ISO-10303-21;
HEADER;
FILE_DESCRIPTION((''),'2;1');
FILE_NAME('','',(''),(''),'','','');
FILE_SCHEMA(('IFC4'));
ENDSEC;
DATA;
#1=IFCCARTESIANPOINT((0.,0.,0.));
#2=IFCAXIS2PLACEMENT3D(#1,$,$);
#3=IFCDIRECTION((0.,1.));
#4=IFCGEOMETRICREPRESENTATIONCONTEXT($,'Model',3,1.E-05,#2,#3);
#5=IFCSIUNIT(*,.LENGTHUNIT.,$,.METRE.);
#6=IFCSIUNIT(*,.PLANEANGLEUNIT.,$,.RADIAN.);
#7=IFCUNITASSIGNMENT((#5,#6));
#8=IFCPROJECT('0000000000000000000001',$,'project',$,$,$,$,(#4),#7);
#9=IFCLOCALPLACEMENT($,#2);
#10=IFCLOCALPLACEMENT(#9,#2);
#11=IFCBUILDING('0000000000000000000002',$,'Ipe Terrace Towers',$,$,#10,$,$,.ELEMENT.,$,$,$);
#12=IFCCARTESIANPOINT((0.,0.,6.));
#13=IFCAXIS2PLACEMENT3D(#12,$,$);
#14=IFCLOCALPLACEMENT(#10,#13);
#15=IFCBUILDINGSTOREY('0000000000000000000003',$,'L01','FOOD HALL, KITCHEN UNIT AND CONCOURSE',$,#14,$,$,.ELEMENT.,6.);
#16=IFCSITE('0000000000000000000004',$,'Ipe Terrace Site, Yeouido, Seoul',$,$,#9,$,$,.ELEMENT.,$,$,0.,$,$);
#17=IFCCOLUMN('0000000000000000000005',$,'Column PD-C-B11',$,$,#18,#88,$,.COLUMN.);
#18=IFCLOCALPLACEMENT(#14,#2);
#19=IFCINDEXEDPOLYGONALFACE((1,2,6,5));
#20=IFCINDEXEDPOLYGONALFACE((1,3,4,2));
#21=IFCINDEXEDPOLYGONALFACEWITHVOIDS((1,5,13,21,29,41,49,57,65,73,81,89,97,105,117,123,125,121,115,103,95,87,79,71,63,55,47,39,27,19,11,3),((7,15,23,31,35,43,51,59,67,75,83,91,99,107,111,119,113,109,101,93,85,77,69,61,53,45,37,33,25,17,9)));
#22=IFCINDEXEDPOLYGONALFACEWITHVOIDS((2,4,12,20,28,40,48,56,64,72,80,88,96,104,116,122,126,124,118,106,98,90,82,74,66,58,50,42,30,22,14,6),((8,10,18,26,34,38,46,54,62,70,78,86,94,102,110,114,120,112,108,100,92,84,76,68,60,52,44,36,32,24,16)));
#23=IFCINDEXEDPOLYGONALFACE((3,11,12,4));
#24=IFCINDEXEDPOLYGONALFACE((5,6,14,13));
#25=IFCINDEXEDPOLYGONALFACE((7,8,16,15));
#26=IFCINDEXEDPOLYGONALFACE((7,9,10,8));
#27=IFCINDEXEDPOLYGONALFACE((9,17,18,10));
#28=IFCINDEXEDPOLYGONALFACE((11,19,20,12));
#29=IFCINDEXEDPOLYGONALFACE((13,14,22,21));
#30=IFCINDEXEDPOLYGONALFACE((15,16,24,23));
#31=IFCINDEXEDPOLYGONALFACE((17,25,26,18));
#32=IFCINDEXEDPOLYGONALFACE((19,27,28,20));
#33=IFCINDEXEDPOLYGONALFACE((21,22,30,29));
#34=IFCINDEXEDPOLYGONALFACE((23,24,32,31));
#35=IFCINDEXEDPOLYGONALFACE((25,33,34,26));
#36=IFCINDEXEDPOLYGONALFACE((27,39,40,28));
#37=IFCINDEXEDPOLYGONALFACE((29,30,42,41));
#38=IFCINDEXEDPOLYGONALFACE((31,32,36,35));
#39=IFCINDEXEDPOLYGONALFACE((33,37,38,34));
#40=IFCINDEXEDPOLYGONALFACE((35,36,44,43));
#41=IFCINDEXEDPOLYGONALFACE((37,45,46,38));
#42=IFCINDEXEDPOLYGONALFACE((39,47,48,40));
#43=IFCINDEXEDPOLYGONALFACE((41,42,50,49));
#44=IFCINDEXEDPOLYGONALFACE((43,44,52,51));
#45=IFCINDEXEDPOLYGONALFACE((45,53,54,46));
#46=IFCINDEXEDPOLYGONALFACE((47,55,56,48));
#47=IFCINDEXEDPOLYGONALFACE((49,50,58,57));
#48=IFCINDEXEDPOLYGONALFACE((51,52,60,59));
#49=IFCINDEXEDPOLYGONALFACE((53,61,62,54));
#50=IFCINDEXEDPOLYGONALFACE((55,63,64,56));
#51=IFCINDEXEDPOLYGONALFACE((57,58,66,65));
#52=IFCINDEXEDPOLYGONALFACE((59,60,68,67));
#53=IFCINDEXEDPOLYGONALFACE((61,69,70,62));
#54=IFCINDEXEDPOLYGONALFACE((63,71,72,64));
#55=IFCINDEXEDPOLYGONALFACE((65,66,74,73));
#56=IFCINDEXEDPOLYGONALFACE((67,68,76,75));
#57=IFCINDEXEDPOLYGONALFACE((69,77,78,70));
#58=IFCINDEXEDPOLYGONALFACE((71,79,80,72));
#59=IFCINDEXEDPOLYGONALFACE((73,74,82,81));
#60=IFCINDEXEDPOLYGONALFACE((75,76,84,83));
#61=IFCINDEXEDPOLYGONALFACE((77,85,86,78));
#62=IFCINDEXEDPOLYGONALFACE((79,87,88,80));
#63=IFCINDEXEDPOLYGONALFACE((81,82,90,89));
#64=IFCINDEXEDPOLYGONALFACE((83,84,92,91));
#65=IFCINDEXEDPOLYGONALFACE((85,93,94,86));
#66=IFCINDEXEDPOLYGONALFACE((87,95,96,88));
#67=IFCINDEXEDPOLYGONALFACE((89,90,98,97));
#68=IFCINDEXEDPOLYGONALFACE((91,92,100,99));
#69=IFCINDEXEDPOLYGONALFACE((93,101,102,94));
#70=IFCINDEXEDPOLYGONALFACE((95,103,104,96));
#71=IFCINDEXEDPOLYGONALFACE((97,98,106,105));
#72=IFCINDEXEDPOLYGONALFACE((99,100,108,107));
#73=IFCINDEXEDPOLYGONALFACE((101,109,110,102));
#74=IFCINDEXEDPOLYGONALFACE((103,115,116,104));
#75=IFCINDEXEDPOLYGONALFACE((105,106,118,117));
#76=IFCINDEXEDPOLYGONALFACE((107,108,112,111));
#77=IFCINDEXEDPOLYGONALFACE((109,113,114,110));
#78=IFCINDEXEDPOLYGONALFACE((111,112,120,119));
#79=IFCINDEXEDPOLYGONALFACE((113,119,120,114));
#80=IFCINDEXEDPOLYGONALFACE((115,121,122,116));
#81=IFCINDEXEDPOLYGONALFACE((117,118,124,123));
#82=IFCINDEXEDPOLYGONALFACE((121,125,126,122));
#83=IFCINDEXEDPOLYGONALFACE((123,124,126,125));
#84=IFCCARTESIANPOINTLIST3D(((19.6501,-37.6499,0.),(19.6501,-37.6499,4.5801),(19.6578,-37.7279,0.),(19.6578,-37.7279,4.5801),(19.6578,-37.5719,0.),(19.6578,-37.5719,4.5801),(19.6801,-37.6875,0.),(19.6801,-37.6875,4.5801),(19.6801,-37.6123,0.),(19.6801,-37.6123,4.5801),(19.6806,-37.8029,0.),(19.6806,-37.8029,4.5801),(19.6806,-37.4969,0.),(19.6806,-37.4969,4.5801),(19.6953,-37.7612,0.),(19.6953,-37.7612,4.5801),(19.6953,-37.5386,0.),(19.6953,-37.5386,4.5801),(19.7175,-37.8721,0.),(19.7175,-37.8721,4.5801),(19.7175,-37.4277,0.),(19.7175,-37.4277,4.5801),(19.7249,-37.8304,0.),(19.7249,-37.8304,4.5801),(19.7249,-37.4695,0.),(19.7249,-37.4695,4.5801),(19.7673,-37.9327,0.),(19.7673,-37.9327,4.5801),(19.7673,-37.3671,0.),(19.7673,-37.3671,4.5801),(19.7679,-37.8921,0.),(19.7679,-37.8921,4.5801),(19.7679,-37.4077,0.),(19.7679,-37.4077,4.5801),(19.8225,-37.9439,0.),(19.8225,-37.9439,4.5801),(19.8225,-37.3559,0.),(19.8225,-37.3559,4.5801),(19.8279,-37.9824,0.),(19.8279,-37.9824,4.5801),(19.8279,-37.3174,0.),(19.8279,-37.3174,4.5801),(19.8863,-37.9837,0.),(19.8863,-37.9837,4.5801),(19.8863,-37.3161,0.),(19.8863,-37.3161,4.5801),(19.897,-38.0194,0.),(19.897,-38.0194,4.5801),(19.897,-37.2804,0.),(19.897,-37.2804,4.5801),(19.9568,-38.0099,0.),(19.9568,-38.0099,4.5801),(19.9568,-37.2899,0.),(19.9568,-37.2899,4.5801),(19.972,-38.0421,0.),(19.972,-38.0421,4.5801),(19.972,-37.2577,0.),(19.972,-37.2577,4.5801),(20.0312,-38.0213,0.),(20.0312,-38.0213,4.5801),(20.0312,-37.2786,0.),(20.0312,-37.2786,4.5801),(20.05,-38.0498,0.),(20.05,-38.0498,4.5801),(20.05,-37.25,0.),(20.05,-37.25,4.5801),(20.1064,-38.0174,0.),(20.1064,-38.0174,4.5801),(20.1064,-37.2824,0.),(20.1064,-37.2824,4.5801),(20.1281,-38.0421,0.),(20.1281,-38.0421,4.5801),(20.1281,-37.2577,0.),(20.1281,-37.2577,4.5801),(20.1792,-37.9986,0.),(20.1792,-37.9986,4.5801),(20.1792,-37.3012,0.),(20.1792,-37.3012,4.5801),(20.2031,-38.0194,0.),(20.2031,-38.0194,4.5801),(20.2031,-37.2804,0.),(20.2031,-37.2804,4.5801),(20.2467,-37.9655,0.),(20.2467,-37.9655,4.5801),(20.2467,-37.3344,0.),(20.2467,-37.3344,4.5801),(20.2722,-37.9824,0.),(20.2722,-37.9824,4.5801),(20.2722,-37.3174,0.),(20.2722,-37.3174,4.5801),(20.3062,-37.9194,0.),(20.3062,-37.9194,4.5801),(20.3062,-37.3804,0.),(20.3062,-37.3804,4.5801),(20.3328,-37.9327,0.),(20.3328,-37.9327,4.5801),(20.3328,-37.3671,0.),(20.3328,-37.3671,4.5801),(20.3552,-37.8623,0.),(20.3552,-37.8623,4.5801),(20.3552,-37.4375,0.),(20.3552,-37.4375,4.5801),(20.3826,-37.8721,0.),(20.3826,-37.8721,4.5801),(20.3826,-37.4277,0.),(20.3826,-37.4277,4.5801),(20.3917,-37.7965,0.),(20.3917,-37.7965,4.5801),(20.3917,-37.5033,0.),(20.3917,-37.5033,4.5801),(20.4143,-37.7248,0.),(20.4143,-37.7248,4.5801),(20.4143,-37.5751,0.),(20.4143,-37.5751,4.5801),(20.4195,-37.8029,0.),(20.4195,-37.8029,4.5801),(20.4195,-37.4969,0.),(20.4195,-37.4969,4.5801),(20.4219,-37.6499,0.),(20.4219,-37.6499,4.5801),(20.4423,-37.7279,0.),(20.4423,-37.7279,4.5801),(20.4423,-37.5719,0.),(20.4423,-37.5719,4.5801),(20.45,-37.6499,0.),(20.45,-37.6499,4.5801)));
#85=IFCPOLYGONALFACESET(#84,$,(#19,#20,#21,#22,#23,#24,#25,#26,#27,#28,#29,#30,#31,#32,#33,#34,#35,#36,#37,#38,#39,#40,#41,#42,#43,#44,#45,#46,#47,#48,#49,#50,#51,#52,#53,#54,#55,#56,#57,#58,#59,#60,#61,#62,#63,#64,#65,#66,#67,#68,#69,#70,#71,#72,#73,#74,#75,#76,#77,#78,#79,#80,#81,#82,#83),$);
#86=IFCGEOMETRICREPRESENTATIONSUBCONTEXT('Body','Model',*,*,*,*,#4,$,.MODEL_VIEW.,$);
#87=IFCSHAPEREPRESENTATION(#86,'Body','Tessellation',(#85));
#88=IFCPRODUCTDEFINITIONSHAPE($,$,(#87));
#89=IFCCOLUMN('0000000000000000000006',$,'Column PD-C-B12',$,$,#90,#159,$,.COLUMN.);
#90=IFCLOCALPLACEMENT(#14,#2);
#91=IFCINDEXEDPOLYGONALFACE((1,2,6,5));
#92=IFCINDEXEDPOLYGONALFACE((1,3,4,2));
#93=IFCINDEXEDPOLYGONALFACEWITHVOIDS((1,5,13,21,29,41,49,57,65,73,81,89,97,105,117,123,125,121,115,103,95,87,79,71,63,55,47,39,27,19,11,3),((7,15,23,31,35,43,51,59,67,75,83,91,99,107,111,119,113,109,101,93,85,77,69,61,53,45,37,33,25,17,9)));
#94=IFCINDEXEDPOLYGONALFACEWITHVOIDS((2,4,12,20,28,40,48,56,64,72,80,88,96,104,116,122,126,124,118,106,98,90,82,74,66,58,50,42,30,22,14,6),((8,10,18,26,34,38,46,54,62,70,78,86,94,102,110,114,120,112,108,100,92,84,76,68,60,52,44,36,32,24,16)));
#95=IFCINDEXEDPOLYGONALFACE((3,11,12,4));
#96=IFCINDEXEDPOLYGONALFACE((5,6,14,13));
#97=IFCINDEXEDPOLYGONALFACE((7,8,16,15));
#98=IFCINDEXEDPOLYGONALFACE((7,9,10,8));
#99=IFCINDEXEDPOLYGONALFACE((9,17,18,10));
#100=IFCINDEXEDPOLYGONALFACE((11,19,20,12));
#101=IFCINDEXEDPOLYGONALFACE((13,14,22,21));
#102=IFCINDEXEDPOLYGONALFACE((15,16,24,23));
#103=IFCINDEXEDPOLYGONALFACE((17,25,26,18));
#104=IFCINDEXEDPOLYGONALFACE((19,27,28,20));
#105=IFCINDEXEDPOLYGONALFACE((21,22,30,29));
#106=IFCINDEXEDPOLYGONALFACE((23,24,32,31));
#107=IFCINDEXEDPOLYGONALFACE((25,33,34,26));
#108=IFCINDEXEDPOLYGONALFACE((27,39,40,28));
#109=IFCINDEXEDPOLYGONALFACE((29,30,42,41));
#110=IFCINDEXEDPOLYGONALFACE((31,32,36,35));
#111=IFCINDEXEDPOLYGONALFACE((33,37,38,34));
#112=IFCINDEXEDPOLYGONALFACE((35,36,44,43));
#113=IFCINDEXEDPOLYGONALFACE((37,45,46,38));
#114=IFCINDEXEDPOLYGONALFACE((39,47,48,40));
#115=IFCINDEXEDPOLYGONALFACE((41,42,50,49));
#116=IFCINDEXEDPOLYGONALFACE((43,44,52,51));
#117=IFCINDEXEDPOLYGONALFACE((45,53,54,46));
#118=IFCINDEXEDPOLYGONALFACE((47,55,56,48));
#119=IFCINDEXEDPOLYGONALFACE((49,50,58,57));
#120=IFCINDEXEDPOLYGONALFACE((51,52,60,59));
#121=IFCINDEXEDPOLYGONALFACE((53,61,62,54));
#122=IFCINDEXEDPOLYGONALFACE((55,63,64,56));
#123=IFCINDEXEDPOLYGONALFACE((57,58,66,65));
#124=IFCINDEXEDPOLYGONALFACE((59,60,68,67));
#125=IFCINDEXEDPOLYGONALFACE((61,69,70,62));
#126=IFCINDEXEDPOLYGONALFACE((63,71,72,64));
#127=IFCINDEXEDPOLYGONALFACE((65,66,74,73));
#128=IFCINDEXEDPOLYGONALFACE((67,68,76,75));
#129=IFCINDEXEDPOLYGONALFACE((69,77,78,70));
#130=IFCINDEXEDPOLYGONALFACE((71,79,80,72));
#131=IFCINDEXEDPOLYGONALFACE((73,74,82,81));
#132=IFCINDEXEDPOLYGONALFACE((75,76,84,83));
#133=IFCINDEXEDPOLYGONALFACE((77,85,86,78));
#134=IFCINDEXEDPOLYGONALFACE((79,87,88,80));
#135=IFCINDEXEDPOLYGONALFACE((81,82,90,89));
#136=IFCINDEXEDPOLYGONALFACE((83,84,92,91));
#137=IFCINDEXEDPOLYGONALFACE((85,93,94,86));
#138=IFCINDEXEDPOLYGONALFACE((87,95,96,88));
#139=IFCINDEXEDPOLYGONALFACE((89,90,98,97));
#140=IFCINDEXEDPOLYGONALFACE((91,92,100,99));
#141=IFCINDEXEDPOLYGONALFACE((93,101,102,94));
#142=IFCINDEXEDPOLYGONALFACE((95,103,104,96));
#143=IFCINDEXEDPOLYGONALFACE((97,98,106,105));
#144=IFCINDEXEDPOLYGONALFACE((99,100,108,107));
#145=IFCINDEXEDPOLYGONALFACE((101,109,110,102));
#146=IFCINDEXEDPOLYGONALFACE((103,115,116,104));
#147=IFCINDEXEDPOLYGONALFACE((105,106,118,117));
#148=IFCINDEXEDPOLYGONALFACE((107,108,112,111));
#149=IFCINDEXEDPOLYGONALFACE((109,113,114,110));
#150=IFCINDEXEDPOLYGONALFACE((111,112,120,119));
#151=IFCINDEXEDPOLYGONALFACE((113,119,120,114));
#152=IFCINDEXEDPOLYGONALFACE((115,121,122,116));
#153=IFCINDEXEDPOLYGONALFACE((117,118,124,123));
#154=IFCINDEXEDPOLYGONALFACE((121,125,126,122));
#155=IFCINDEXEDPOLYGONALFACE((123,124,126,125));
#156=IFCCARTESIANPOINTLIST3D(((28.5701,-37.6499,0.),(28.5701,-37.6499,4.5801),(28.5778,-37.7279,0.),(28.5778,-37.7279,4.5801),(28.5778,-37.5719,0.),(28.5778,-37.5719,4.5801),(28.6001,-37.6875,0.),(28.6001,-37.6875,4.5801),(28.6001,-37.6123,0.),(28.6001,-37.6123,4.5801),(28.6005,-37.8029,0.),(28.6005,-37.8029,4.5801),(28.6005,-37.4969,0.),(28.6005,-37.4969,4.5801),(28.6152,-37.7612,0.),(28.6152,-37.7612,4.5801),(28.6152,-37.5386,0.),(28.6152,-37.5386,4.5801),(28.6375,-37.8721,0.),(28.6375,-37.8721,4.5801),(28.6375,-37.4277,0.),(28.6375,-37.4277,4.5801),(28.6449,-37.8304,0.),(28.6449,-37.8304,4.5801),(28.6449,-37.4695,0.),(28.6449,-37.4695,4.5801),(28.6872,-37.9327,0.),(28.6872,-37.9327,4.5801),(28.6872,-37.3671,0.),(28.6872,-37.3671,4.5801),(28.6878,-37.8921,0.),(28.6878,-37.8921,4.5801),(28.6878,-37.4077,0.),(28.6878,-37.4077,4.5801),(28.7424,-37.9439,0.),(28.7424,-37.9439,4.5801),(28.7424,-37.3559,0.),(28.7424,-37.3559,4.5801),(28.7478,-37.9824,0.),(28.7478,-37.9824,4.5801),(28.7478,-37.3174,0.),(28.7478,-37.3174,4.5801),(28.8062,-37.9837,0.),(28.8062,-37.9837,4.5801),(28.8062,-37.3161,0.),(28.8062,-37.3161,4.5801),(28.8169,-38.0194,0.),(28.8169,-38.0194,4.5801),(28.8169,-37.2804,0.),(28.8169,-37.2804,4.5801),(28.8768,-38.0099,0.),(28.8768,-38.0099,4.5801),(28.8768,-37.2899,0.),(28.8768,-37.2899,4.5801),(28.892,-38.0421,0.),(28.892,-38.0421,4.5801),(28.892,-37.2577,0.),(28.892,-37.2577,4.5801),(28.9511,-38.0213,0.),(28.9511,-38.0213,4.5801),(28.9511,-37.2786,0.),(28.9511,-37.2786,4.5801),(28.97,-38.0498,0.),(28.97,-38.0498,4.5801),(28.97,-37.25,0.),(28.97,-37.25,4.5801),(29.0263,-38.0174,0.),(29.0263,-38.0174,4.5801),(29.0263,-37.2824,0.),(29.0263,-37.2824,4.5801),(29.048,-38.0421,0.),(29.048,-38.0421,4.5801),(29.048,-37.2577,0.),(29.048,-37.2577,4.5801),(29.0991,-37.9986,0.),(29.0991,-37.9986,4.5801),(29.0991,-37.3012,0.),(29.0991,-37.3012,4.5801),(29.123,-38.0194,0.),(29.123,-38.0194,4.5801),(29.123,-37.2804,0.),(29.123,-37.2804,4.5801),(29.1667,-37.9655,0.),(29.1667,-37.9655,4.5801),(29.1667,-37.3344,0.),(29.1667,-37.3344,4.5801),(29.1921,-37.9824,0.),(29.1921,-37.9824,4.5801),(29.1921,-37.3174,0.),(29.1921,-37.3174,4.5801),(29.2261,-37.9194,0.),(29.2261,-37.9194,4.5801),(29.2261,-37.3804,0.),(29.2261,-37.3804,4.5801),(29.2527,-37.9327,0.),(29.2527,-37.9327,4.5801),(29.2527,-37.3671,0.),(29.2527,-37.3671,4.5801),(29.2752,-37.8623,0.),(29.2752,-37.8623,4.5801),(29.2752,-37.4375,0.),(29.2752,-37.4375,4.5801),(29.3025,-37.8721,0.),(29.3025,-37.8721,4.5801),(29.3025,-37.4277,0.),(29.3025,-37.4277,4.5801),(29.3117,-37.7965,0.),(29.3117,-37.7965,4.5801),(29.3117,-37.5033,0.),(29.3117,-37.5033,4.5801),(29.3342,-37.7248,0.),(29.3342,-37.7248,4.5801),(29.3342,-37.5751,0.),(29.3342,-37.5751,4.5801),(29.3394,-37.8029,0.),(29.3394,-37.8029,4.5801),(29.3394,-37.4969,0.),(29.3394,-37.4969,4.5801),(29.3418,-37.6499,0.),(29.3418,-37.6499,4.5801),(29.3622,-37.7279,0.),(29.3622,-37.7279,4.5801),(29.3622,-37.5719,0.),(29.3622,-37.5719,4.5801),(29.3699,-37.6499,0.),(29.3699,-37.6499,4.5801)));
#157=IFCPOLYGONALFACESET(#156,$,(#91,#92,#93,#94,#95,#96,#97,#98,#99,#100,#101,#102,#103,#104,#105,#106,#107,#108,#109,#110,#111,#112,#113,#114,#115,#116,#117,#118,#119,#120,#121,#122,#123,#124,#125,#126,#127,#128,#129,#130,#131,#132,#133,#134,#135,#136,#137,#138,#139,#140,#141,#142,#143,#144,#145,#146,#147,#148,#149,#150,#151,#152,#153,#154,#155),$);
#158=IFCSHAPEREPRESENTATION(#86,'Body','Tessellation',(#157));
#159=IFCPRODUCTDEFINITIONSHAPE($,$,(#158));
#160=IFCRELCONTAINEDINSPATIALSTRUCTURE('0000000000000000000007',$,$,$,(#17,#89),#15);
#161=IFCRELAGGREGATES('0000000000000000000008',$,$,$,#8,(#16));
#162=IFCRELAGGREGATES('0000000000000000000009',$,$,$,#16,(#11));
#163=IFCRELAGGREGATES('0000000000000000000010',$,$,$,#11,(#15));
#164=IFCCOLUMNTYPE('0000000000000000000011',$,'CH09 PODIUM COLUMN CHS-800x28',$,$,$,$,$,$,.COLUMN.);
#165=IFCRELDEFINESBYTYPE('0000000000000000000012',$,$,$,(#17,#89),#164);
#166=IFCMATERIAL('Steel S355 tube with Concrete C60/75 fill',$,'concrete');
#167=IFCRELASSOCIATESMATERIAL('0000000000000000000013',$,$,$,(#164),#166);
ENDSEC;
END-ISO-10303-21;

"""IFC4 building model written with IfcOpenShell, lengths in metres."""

from ifc_helpers import new_model, si_unit, direction, frame, origin, origin_2d, place, context, subcontext, project, spatial, hollow_circle, extrude, material, material_profile, profile_set, type_object, element, save


model = new_model("IFC4")

# Units and contexts
model_context = context("Model", 3, precision=1e-05, world=origin(), true_north=direction((0.0, 1.0)))
body_context = subcontext(model_context, "Body", "Model", "MODEL_VIEW")
ifc_project = project(units=[si_unit("LENGTHUNIT", "METRE"), si_unit("PLANEANGLEUNIT", "RADIAN")], contexts=[model_context])

# Site, building, storey
site_placement = place(None, origin())
site = spatial("IfcSite", under=ifc_project, at=site_placement, Name="Ipe Terrace Site, Yeouido, Seoul", CompositionType="ELEMENT", RefElevation=0.0)
building_placement = place(site_placement, origin())
building = spatial("IfcBuilding", under=site, at=building_placement, Name="Ipe Terrace Towers", CompositionType="ELEMENT")
storey_placement = place(building_placement, frame((0.0, 0.0, 6.0)))
storey = spatial("IfcBuildingStorey", under=building, at=storey_placement, Name="L01", Description="FOOD HALL, KITCHEN UNIT AND CONCOURSE", CompositionType="ELEMENT", Elevation=6.0)

# Columns
ifc_material_1 = material(Name="Steel S355 tube with Concrete C60/75 fill", Category="concrete")
ifc_material_profile_1 = material_profile(ifc_material_1, hollow_circle(Radius=0.3999, WallThickness=0.0281, at=origin_2d()), Name="CHS-800x28")
ifc_profile_set_1 = profile_set([ifc_material_profile_1], Name="Steel S355 tube with Concrete C60/75 fill")
column_type_1 = type_object("IfcColumnType", Name="CH09 PODIUM COLUMN CHS-800x28", PredefinedType="COLUMN", material=ifc_profile_set_1)
for number, where, z_axis, x_axis, name in (
    (1, (20.05, -37.6499, 0.0), (0.0, 0.0, 1.0), (1.0, 0.0, 0.0), "Column PD-C-B11"),
    (2, (28.97, -37.6499, 0.0), (0.0, 0.0, 1.0), (1.0, 0.0, 0.0), "Column PD-C-B12"),
):
    element("IfcColumn", number, at=place(storey_placement, frame(where, z_axis=z_axis, x_axis=x_axis)), inside=storey, type_object=column_type_1, Name=name, PredefinedType="COLUMN", context=body_context, shape_type="SweptSolid", body=[
        extrude(hollow_circle(Radius=0.3999, WallThickness=0.0281, at=origin_2d()), origin(), (0.0, 0.0, 1.0), 4.5801),
    ])

save(model, "model.ifc")
